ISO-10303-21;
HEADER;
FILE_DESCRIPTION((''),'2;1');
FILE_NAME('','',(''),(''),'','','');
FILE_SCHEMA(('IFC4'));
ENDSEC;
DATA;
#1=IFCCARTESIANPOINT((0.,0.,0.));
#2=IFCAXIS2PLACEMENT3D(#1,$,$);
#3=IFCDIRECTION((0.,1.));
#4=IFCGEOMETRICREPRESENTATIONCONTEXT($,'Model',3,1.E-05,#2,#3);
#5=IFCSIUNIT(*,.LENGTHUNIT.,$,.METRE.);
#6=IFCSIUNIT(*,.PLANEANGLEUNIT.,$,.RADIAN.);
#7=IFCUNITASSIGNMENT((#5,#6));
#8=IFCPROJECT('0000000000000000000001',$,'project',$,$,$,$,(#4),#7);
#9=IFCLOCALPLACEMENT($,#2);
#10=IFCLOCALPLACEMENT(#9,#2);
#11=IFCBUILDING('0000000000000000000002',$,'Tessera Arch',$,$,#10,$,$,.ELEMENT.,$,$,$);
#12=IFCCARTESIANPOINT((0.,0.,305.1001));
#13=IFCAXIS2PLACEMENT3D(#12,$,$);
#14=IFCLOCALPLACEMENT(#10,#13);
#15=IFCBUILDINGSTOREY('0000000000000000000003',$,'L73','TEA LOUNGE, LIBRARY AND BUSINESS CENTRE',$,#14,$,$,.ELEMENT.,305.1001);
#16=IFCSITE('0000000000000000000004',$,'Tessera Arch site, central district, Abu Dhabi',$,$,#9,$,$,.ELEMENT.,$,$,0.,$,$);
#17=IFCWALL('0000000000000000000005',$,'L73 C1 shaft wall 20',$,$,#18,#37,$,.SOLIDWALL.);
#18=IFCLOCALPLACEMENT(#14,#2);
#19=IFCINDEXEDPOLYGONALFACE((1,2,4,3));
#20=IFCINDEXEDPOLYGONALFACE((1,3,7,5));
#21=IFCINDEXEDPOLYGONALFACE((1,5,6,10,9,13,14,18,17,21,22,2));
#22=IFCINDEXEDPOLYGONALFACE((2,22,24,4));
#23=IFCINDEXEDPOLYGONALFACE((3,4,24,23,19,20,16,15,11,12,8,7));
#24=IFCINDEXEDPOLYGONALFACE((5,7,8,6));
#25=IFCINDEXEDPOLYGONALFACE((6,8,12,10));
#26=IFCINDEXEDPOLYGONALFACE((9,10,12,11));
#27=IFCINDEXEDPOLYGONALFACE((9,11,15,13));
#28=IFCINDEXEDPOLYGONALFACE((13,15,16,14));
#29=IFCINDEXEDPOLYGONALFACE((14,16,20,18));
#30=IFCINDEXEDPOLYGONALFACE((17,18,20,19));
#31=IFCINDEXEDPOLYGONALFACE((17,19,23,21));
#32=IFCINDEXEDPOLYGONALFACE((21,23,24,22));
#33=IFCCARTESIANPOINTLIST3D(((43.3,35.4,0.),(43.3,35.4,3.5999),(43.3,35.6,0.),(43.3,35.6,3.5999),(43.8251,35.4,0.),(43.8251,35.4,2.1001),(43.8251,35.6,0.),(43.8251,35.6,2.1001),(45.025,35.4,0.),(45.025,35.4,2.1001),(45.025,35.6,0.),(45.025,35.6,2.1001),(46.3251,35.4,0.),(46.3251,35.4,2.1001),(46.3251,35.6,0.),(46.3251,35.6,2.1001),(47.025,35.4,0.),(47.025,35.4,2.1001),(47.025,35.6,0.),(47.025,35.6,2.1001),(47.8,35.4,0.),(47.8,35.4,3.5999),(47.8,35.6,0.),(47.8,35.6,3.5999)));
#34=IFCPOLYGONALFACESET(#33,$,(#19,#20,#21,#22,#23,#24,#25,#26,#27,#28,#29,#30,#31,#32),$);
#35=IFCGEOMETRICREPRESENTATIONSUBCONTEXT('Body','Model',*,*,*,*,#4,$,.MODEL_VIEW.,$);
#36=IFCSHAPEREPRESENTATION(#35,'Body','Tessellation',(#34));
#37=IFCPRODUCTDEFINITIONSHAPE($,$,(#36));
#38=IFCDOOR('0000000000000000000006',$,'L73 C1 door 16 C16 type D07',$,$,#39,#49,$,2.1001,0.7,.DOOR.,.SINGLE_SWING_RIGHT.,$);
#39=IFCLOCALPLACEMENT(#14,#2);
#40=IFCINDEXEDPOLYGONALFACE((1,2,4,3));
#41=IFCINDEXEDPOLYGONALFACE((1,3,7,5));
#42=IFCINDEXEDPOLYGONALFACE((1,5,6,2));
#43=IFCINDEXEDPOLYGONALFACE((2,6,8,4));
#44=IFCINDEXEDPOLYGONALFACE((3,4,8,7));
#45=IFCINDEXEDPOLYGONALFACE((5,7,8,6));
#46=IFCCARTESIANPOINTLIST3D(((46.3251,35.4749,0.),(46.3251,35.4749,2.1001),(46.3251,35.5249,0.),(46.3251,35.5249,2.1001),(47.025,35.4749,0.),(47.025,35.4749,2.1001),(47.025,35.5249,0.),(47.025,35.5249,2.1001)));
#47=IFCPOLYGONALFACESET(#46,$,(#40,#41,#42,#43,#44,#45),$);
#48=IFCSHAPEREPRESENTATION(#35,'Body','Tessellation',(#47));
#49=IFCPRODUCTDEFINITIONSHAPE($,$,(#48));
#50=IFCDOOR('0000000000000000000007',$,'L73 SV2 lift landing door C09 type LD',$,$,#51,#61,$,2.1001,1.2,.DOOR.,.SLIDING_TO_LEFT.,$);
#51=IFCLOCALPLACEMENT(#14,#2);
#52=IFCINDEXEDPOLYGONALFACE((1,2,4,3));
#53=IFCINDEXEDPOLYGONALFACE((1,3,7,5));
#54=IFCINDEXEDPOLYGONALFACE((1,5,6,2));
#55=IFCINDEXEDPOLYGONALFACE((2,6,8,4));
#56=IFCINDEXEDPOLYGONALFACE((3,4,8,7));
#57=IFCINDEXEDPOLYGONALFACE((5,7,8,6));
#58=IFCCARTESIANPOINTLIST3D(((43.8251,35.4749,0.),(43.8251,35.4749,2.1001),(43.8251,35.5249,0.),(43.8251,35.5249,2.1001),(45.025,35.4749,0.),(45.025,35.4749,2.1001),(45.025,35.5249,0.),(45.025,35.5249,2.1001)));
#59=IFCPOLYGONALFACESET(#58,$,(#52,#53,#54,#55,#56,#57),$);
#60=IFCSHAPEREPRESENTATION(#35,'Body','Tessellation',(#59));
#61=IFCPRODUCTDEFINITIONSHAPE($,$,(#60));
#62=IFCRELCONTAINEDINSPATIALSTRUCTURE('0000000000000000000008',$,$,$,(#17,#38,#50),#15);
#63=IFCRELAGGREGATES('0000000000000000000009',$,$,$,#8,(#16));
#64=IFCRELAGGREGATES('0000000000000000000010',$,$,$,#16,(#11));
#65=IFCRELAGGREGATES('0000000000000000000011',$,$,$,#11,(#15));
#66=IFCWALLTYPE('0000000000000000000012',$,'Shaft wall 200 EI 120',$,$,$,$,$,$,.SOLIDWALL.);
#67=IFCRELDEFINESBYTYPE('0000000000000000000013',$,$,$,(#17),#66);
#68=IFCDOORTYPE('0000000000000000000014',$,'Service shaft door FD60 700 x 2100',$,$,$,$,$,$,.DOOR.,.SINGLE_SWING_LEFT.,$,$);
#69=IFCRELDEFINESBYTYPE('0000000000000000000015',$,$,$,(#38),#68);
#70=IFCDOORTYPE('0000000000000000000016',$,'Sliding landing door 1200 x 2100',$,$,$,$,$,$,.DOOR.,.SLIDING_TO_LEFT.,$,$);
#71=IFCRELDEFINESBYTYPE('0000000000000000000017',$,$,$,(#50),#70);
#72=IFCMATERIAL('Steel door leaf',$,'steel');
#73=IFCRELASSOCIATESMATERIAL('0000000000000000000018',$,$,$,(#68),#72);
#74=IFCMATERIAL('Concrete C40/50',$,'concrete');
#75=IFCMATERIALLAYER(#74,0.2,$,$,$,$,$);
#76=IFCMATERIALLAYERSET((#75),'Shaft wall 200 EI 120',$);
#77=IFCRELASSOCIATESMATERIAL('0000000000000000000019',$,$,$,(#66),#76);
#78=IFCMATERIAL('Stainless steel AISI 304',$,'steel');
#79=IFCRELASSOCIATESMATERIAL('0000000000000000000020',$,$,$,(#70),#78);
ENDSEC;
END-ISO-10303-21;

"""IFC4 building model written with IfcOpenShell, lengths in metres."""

from ifc_helpers import new_model, si_unit, direction, frame, frame_2d, origin, place, context, subcontext, project, spatial, rectangle, extrude, material, layer, layer_set, type_object, element, fill, save


model = new_model("IFC4")

# Units and contexts
model_context = context("Model", 3, precision=1e-05, world=origin(), true_north=direction((0.0, 1.0)))
body_context = subcontext(model_context, "Body", "Model", "MODEL_VIEW")
ifc_project = project(units=[si_unit("LENGTHUNIT", "METRE"), si_unit("PLANEANGLEUNIT", "RADIAN")], contexts=[model_context])

# Site, building, storey
site_placement = place(None, origin())
site = spatial("IfcSite", under=ifc_project, at=site_placement, Name="Tessera Arch site, central district, Abu Dhabi", CompositionType="ELEMENT", RefElevation=0.0)
building_placement = place(site_placement, origin())
building = spatial("IfcBuilding", under=site, at=building_placement, Name="Tessera Arch", CompositionType="ELEMENT")
storey_placement = place(building_placement, frame((0.0, 0.0, 305.1001)))
storey = spatial("IfcBuildingStorey", under=building, at=storey_placement, Name="L73", Description="TEA LOUNGE, LIBRARY AND BUSINESS CENTRE", CompositionType="ELEMENT", Elevation=305.1001)

# Shared definitions
ifc_material_1 = material(Name="Steel door leaf", Category="steel")
door_type_1 = type_object("IfcDoorType", Name="Service shaft door FD60 700 x 2100", OperationType="SINGLE_SWING_LEFT", PredefinedType="DOOR", material=ifc_material_1)

# Shared definitions
ifc_material_2 = material(Name="Concrete C40/50", Category="concrete")
ifc_layer_1 = layer(ifc_material_2, 0.2)
ifc_layer_set_1 = layer_set([ifc_layer_1], Name="Shaft wall 200 EI 120")
wall_type_1 = type_object("IfcWallType", Name="Shaft wall 200 EI 120", PredefinedType="SOLIDWALL", material=ifc_layer_set_1)

# Wall, openings, doors
wall_1_placement = place(storey_placement, frame((43.3, 35.5, 0.0), z_axis=(0.0, 0.0, 1.0), x_axis=(1.0, 0.0, 0.0)))
wall_1 = element("IfcWall", 1, at=wall_1_placement, inside=storey, type_object=wall_type_1, Name="L73 C1 shaft wall 20", PredefinedType="SOLIDWALL", context=body_context, shape_type="SweptSolid", body=[
    extrude(rectangle(XDim=4.5, YDim=0.2, at=frame_2d((2.25, 0.0))), origin(), (0.0, 0.0, 1.0), 3.5999),
])
opening_1_placement = place(wall_1_placement, frame((0.5249, 0.0, 0.0)))
opening_1 = element("IfcOpeningElement", 2, at=opening_1_placement, cuts=wall_1, PredefinedType="OPENING", context=body_context, shape_type="SweptSolid", body=[
    extrude(rectangle(XDim=1.2, YDim=2.1001, at=frame_2d((0.6001, 1.05))), frame((0.0, 0.1099, 0.0), z_axis=(0.0, -1.0, 0.0), x_axis=(1.0, 0.0, 0.0)), (0.0, 0.0, 1.0), 0.22),
])
opening_2_placement = place(wall_1_placement, frame((3.0249, 0.0, 0.0)))
opening_2 = element("IfcOpeningElement", 3, at=opening_2_placement, cuts=wall_1, PredefinedType="OPENING", context=body_context, shape_type="SweptSolid", body=[
    extrude(rectangle(XDim=0.7, YDim=2.1001, at=frame_2d((0.3501, 1.05))), frame((0.0, 0.1099, 0.0), z_axis=(0.0, -1.0, 0.0), x_axis=(1.0, 0.0, 0.0)), (0.0, 0.0, 1.0), 0.22),
])
door_1_placement = place(opening_2_placement, origin())
door_1 = element("IfcDoor", 4, at=door_1_placement, inside=storey, type_object=door_type_1, Name="L73 C1 door 16 C16 type D07", OperationType="SINGLE_SWING_RIGHT", OverallHeight=2.1001, OverallWidth=0.7, PredefinedType="DOOR", context=body_context, shape_type="SweptSolid", body=[
    extrude(rectangle(XDim=0.7, YDim=2.1001, at=frame_2d((0.3501, 1.05))), frame((0.0, 0.0249, 0.0), z_axis=(0.0, -1.0, 0.0), x_axis=(1.0, 0.0, 0.0)), (0.0, 0.0, 1.0), 0.05),
])
fill(opening_2, door_1)
ifc_material_3 = material(Name="Stainless steel AISI 304", Category="steel")
door_type_2 = type_object("IfcDoorType", Name="Sliding landing door 1200 x 2100", OperationType="SLIDING_TO_LEFT", PredefinedType="DOOR", material=ifc_material_3)
door_2_placement = place(opening_1_placement, origin())
door_2 = element("IfcDoor", 5, at=door_2_placement, inside=storey, type_object=door_type_2, Name="L73 SV2 lift landing door C09 type LD", OperationType="SLIDING_TO_LEFT", OverallHeight=2.1001, OverallWidth=1.2, PredefinedType="DOOR", context=body_context, shape_type="SweptSolid", body=[
    extrude(rectangle(XDim=1.2, YDim=2.1001, at=frame_2d((0.6001, 1.05))), frame((0.0, 0.0249, 0.0), z_axis=(0.0, -1.0, 0.0), x_axis=(1.0, 0.0, 0.0)), (0.0, 0.0, 1.0), 0.05),
])
fill(opening_1, door_2)

save(model, "model.ifc")
